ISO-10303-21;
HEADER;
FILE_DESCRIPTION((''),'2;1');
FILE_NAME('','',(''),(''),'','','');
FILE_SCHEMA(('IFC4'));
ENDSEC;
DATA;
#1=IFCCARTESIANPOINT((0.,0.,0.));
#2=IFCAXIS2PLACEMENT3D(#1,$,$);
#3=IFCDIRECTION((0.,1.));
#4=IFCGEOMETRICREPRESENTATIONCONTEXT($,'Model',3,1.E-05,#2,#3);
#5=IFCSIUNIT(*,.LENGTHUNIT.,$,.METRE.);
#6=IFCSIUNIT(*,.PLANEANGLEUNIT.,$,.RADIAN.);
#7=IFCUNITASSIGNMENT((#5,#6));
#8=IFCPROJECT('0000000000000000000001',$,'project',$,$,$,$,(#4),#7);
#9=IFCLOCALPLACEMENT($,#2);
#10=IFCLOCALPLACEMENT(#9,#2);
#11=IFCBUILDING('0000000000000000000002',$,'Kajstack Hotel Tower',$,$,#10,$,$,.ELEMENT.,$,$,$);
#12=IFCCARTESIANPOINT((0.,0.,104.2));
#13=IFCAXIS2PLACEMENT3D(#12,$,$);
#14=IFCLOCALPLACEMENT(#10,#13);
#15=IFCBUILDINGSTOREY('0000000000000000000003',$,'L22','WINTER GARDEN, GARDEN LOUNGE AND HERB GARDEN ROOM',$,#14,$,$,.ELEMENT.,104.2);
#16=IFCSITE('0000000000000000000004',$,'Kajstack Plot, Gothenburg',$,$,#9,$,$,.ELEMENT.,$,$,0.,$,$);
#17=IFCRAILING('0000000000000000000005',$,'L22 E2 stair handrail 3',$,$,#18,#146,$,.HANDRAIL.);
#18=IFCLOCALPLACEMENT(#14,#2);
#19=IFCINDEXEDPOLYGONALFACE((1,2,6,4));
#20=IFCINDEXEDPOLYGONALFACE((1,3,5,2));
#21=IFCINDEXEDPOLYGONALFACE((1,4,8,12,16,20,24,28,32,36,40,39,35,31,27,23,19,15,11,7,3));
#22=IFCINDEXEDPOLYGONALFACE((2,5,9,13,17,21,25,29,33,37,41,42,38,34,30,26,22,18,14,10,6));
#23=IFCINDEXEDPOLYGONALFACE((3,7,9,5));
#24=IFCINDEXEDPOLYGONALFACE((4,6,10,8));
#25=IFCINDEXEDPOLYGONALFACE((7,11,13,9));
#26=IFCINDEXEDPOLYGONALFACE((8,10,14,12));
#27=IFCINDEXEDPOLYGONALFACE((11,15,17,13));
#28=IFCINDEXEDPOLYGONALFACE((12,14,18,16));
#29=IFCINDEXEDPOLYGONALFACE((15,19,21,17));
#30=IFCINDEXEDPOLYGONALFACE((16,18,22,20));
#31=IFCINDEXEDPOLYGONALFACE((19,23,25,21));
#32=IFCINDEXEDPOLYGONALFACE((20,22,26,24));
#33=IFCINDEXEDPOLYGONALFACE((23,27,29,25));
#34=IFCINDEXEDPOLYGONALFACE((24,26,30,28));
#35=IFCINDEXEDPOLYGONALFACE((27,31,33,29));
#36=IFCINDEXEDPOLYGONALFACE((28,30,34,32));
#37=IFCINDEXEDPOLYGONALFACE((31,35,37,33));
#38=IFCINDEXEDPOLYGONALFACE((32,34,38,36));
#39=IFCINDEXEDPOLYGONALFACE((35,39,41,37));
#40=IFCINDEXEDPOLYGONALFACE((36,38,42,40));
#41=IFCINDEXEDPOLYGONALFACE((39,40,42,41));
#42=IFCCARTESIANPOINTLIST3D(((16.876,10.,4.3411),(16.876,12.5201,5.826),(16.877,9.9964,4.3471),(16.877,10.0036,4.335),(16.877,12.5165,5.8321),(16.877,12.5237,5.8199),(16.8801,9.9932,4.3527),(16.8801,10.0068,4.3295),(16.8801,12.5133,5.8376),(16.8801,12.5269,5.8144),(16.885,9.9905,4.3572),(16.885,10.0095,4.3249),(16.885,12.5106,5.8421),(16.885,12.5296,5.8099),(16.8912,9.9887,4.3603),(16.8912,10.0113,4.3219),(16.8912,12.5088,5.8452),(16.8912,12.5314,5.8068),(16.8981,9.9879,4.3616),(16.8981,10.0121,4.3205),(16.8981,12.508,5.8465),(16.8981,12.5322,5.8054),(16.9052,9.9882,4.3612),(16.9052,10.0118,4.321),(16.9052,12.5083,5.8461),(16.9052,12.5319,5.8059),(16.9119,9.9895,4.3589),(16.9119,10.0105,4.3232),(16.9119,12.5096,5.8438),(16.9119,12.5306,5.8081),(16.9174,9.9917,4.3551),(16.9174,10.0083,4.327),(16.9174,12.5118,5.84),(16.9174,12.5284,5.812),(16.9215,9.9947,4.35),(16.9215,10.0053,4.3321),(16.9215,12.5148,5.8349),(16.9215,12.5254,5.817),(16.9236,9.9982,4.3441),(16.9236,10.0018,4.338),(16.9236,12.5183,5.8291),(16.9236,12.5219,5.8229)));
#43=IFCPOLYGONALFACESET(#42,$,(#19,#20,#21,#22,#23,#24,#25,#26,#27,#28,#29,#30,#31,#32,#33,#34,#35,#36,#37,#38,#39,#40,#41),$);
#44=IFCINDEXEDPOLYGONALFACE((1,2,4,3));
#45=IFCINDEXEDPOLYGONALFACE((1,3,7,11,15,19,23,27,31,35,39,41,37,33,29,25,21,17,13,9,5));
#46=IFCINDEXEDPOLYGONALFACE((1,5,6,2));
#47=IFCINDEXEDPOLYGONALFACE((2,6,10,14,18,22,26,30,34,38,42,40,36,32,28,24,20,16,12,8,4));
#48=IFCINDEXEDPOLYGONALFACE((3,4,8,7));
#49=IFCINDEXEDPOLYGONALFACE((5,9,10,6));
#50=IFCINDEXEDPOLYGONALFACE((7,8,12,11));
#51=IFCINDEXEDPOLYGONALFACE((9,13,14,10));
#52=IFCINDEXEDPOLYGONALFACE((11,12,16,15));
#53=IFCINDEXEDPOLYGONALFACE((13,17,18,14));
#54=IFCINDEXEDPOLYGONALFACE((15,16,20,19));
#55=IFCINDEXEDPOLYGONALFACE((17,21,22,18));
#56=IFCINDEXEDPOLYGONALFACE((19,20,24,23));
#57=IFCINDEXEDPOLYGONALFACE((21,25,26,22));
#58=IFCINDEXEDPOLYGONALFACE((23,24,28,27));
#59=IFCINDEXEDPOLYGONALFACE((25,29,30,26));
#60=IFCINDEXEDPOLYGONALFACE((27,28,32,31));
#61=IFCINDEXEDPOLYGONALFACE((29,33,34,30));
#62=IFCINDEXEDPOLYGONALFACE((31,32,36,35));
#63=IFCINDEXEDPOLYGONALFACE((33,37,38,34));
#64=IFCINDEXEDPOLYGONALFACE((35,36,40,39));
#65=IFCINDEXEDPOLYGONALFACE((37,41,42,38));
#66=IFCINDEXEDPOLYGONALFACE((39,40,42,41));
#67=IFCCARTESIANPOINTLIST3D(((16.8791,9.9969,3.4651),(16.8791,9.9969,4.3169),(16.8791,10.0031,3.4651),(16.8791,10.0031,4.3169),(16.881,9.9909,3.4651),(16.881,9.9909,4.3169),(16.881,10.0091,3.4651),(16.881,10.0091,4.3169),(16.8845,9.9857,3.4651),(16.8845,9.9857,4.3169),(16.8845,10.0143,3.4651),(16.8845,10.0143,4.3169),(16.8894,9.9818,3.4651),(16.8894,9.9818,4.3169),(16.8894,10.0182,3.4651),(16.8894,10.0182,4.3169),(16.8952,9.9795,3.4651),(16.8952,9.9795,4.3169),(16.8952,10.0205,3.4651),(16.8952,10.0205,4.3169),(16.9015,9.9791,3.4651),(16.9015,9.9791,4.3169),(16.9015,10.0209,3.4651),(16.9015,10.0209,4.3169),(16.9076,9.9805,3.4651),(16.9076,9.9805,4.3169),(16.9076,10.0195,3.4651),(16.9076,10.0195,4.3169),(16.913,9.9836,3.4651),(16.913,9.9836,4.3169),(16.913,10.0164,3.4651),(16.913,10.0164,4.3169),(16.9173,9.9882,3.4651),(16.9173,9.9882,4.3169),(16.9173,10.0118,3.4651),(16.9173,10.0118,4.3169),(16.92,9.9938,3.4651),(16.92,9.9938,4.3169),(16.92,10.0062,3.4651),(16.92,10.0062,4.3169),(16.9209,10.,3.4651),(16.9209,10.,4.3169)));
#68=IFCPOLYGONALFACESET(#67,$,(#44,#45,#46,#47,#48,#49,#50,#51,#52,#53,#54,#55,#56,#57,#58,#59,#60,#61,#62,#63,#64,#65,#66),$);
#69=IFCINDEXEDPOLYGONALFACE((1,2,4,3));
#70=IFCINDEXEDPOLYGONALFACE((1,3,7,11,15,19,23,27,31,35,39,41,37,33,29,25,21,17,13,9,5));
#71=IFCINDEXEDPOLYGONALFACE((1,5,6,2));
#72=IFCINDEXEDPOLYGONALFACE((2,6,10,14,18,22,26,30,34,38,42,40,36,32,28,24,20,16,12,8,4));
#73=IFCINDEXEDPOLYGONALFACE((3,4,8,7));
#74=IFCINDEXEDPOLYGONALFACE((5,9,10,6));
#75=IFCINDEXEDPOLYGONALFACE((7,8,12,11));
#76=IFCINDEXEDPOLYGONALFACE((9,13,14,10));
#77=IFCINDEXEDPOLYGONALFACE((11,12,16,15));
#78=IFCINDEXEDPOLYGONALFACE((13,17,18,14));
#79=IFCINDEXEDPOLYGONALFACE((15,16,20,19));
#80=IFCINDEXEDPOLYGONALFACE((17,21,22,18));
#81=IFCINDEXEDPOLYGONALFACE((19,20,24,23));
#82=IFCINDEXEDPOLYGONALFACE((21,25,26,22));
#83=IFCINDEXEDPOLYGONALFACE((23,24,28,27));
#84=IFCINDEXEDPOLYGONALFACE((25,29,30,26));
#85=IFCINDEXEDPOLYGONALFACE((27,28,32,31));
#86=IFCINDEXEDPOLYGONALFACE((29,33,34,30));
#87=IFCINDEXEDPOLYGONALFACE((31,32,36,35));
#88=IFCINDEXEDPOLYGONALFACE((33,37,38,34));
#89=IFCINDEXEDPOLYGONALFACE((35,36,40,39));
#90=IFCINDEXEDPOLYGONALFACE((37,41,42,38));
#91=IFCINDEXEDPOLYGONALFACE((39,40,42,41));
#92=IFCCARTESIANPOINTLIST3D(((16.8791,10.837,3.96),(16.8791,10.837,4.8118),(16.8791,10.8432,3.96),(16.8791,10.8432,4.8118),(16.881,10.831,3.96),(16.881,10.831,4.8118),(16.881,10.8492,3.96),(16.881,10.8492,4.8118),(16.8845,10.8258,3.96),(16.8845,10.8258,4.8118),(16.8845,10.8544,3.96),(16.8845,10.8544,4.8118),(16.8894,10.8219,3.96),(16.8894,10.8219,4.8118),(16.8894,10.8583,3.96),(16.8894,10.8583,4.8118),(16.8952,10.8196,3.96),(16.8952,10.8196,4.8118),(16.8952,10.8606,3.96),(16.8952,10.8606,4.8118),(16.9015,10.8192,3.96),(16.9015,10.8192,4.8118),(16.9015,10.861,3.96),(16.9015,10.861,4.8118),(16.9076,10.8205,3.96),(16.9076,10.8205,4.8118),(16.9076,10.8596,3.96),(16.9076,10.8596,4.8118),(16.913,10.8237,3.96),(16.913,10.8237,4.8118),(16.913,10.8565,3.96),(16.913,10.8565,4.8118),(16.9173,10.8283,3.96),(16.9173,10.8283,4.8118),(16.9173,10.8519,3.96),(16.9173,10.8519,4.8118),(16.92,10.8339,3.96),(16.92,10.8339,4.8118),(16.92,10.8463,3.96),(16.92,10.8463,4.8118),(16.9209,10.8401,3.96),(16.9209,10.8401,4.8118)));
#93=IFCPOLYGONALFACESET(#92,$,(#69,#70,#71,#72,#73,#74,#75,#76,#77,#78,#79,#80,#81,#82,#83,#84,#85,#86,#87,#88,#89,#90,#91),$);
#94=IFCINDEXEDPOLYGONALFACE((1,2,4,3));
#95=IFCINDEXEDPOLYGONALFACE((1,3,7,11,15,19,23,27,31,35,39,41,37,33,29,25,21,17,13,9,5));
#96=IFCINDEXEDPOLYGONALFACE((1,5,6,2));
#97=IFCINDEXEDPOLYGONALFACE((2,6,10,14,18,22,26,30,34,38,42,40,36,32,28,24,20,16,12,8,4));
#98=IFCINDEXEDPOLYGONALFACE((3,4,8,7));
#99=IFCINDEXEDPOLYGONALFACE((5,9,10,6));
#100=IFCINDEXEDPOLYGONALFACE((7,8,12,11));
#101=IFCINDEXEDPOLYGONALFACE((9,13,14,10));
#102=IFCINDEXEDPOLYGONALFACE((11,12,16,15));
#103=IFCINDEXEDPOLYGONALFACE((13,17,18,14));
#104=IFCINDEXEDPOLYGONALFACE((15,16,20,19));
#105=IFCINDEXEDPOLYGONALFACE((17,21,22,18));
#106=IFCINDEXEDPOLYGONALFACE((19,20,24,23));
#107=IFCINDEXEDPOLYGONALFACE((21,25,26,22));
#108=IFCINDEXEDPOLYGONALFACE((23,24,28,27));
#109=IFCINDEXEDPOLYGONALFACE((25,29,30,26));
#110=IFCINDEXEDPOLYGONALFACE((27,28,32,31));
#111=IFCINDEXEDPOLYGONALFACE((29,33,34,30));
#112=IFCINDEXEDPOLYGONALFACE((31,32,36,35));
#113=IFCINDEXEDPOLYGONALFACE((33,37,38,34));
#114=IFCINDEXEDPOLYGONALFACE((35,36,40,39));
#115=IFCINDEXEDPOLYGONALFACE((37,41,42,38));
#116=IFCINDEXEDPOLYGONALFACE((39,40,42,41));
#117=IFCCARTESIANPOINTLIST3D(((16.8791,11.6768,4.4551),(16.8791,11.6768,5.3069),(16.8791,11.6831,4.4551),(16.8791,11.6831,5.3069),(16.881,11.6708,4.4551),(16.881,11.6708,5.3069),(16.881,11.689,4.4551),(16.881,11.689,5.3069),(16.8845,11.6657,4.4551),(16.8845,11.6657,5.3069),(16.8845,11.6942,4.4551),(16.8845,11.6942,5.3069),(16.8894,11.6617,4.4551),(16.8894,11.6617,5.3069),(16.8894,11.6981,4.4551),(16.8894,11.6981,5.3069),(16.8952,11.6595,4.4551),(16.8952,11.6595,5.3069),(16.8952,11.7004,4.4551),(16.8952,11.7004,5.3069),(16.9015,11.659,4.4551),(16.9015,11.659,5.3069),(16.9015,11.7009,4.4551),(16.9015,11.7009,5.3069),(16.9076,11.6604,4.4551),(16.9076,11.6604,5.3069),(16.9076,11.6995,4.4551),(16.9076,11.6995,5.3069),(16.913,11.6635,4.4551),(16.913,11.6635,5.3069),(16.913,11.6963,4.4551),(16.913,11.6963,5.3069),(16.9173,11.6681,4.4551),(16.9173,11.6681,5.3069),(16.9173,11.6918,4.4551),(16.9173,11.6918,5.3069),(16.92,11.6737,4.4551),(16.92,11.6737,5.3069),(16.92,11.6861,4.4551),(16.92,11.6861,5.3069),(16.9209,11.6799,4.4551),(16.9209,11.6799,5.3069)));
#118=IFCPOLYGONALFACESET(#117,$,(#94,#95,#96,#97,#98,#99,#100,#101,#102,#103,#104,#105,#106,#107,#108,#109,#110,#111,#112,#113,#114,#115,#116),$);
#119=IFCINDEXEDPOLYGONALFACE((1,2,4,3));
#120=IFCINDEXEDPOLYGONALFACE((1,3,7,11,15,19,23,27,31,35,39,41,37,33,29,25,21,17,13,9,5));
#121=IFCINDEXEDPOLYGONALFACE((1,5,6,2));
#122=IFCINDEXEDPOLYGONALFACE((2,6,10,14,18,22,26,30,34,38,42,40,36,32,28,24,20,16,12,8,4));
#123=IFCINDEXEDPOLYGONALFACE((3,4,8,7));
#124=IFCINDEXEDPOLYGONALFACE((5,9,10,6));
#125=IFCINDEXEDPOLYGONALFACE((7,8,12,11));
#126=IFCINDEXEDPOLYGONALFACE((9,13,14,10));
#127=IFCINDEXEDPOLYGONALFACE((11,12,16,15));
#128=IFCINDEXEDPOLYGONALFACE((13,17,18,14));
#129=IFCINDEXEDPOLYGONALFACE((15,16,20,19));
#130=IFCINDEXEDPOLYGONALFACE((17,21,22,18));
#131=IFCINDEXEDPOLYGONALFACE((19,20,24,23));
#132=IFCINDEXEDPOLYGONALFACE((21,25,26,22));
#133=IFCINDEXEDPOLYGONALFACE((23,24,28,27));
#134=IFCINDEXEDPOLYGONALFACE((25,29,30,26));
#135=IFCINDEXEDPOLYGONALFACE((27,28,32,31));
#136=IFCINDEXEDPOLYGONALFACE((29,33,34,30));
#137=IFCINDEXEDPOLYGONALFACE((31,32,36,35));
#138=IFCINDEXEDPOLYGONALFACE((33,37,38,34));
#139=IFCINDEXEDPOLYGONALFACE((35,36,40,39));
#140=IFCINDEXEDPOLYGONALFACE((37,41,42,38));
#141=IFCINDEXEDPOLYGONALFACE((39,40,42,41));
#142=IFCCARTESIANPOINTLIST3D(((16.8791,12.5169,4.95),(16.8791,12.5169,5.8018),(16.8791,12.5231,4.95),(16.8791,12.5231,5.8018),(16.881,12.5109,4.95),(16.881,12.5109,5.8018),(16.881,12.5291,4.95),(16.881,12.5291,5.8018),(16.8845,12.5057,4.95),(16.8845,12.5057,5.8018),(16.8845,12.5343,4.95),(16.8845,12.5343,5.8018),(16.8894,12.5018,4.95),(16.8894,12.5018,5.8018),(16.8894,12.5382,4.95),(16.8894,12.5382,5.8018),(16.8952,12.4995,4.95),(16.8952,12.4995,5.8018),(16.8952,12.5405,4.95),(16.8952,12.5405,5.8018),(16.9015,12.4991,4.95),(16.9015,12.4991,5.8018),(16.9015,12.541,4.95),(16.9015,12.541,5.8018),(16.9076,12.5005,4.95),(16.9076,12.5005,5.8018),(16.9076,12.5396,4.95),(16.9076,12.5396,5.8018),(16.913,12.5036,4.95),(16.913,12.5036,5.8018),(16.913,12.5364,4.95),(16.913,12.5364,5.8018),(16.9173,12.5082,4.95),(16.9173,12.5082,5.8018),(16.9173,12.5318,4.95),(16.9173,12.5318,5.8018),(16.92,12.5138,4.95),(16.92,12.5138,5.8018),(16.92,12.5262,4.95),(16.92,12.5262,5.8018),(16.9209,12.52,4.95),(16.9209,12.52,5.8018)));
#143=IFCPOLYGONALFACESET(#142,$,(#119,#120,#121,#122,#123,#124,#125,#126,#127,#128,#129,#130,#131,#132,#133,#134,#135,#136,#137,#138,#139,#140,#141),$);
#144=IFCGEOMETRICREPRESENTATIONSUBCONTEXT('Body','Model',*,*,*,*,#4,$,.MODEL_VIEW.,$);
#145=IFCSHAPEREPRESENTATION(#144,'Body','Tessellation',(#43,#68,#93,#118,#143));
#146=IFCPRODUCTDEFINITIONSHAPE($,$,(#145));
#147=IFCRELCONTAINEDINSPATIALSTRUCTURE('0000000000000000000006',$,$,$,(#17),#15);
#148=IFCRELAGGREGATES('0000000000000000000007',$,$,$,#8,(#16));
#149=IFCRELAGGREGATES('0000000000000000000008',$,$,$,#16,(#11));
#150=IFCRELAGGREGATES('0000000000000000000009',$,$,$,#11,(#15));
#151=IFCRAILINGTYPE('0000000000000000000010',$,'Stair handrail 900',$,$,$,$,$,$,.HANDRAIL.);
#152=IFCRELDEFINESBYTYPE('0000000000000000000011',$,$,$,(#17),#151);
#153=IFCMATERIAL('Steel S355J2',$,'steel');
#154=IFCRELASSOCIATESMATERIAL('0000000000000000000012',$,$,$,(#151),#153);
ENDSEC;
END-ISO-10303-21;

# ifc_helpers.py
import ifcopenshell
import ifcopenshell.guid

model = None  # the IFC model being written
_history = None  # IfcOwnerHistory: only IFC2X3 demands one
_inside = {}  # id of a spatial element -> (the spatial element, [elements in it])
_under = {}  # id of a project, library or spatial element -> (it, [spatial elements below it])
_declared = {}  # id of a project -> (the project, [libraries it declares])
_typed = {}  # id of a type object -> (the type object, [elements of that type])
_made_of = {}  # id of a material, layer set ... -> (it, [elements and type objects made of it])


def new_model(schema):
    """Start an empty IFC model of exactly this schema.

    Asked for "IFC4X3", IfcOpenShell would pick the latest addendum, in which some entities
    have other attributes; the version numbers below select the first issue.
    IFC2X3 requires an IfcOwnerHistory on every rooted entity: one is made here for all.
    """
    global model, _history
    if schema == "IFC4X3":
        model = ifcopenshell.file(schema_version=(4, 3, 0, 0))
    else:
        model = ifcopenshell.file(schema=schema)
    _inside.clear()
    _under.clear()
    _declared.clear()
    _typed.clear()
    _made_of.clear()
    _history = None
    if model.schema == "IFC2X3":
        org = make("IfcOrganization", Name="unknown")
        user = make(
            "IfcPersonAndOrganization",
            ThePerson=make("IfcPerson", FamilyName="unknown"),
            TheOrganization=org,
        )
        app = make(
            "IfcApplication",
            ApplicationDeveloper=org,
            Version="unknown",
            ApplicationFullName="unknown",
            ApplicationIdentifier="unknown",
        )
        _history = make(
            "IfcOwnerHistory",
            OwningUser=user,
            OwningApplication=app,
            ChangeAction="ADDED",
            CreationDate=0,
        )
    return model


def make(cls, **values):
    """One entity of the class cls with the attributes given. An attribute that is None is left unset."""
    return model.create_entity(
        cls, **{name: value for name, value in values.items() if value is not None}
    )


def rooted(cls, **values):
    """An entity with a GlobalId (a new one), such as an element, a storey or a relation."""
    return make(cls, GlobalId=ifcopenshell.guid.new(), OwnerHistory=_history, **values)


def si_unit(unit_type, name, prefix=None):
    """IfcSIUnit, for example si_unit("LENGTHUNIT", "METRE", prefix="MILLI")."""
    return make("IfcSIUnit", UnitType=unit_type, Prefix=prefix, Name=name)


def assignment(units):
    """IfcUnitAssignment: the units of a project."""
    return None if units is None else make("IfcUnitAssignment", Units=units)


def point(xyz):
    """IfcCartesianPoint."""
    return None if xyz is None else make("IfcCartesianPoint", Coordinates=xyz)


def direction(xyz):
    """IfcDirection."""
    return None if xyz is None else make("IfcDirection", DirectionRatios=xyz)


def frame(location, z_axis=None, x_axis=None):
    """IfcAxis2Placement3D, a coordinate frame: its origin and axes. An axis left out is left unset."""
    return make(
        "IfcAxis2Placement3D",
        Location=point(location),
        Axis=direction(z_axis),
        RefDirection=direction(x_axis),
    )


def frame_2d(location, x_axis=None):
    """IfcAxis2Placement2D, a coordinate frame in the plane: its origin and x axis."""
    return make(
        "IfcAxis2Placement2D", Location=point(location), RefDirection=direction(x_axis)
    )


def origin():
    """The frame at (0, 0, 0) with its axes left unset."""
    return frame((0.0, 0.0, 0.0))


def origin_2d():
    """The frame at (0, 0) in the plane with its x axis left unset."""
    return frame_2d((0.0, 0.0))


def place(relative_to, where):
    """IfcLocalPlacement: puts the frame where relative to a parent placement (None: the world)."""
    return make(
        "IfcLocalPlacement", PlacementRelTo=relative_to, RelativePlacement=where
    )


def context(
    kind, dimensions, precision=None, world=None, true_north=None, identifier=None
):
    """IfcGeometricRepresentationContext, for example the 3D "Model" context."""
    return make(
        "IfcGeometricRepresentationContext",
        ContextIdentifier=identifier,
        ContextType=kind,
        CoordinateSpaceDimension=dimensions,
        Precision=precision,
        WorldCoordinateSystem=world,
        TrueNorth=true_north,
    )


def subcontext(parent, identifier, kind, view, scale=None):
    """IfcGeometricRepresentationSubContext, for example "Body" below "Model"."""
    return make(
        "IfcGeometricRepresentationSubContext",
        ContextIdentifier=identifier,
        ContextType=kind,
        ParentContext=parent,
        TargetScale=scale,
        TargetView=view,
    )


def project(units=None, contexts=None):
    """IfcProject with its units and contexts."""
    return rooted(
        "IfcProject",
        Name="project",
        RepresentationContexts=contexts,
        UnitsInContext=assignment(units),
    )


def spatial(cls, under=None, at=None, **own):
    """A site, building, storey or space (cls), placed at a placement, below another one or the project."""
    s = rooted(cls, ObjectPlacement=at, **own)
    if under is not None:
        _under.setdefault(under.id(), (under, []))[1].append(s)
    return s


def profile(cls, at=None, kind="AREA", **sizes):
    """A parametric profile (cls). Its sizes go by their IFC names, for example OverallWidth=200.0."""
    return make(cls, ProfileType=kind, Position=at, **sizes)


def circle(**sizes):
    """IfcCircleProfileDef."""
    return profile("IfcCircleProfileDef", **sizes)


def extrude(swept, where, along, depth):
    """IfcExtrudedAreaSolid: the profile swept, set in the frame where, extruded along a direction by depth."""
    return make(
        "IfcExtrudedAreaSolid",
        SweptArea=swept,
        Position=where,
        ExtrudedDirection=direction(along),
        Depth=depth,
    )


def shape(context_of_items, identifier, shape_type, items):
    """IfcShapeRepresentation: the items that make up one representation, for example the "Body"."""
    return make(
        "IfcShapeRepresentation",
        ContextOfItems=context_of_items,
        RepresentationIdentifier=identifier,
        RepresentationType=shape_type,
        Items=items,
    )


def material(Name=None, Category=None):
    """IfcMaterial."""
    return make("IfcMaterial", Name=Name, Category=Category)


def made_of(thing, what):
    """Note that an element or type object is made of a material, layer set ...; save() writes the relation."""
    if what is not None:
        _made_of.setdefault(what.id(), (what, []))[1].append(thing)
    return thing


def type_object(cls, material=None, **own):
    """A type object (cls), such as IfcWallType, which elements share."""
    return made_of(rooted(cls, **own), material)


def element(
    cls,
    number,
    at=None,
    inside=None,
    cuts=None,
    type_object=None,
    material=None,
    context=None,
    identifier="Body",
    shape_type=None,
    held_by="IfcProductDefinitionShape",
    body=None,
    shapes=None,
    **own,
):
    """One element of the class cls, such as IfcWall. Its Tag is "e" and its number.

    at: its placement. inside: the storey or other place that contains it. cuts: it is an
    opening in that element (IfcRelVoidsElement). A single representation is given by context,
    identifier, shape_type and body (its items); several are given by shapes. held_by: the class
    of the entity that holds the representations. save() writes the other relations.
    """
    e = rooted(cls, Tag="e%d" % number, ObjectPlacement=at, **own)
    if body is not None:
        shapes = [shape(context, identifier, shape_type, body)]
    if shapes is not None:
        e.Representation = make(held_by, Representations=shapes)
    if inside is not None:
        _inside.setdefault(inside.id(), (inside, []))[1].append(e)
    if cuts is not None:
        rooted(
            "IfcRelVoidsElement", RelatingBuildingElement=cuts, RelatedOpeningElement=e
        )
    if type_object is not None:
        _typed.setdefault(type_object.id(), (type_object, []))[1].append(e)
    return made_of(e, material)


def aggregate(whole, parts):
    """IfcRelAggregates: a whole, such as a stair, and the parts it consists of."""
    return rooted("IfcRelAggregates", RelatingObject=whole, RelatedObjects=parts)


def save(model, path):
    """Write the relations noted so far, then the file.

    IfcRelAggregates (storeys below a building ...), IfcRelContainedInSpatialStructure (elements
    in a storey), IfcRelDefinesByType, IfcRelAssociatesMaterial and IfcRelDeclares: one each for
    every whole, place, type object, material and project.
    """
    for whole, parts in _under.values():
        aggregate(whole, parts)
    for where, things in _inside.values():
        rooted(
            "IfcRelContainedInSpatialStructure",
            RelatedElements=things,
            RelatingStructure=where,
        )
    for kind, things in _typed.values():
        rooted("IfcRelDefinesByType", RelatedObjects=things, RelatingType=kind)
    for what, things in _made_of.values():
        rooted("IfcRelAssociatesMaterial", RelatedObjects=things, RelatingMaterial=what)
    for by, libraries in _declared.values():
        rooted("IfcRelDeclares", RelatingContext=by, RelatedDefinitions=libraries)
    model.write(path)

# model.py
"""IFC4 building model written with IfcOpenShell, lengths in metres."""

from ifc_helpers import new_model, si_unit, direction, frame, origin, origin_2d, place, context, subcontext, project, spatial, circle, extrude, material, type_object, element, save


model = new_model("IFC4")

# Units and contexts
model_context = context("Model", 3, precision=1e-05, world=origin(), true_north=direction((0.0, 1.0)))
body_context = subcontext(model_context, "Body", "Model", "MODEL_VIEW")
ifc_project = project(units=[si_unit("LENGTHUNIT", "METRE"), si_unit("PLANEANGLEUNIT", "RADIAN")], contexts=[model_context])

# Site, building, storey
site_placement = place(None, origin())
site = spatial("IfcSite", under=ifc_project, at=site_placement, Name="Kajstack Plot, Gothenburg", CompositionType="ELEMENT", RefElevation=0.0)
building_placement = place(site_placement, origin())
building = spatial("IfcBuilding", under=site, at=building_placement, Name="Kajstack Hotel Tower", CompositionType="ELEMENT")
storey_placement = place(building_placement, frame((0.0, 0.0, 104.2)))
storey = spatial("IfcBuildingStorey", under=building, at=storey_placement, Name="L22", Description="WINTER GARDEN, GARDEN LOUNGE AND HERB GARDEN ROOM", CompositionType="ELEMENT", Elevation=104.2)

# Railing
ifc_material_1 = material(Name="Steel S355J2", Category="steel")
railing_type_1 = type_object("IfcRailingType", Name="Stair handrail 900", PredefinedType="HANDRAIL", material=ifc_material_1)
railing_1_placement = place(storey_placement, frame((16.8999, 10.0, 3.4651)))
element("IfcRailing", 1, at=railing_1_placement, inside=storey, type_object=railing_type_1, Name="L22 E2 stair handrail 3", PredefinedType="HANDRAIL", context=body_context, shape_type="SweptSolid", body=[
    extrude(circle(Radius=0.0239, at=origin_2d()), frame((0.0, 0.0, 0.876), z_axis=(0.0, 0.861561, 0.507655), x_axis=(-1.0, 0.0, 0.0)), (0.0, 0.0, 1.0), 2.925),
    extrude(circle(Radius=0.021, at=origin_2d()), origin(), (0.0, 0.0, 1.0), 0.8518),
    extrude(circle(Radius=0.021, at=origin_2d()), frame((0.0, 0.8401, 0.4949)), (0.0, 0.0, 1.0), 0.8518),
    extrude(circle(Radius=0.021, at=origin_2d()), frame((0.0, 1.6799, 0.99)), (0.0, 0.0, 1.0), 0.8518),
    extrude(circle(Radius=0.021, at=origin_2d()), frame((0.0, 2.52, 1.4849)), (0.0, 0.0, 1.0), 0.8518),
])

save(model, "model.ifc")
